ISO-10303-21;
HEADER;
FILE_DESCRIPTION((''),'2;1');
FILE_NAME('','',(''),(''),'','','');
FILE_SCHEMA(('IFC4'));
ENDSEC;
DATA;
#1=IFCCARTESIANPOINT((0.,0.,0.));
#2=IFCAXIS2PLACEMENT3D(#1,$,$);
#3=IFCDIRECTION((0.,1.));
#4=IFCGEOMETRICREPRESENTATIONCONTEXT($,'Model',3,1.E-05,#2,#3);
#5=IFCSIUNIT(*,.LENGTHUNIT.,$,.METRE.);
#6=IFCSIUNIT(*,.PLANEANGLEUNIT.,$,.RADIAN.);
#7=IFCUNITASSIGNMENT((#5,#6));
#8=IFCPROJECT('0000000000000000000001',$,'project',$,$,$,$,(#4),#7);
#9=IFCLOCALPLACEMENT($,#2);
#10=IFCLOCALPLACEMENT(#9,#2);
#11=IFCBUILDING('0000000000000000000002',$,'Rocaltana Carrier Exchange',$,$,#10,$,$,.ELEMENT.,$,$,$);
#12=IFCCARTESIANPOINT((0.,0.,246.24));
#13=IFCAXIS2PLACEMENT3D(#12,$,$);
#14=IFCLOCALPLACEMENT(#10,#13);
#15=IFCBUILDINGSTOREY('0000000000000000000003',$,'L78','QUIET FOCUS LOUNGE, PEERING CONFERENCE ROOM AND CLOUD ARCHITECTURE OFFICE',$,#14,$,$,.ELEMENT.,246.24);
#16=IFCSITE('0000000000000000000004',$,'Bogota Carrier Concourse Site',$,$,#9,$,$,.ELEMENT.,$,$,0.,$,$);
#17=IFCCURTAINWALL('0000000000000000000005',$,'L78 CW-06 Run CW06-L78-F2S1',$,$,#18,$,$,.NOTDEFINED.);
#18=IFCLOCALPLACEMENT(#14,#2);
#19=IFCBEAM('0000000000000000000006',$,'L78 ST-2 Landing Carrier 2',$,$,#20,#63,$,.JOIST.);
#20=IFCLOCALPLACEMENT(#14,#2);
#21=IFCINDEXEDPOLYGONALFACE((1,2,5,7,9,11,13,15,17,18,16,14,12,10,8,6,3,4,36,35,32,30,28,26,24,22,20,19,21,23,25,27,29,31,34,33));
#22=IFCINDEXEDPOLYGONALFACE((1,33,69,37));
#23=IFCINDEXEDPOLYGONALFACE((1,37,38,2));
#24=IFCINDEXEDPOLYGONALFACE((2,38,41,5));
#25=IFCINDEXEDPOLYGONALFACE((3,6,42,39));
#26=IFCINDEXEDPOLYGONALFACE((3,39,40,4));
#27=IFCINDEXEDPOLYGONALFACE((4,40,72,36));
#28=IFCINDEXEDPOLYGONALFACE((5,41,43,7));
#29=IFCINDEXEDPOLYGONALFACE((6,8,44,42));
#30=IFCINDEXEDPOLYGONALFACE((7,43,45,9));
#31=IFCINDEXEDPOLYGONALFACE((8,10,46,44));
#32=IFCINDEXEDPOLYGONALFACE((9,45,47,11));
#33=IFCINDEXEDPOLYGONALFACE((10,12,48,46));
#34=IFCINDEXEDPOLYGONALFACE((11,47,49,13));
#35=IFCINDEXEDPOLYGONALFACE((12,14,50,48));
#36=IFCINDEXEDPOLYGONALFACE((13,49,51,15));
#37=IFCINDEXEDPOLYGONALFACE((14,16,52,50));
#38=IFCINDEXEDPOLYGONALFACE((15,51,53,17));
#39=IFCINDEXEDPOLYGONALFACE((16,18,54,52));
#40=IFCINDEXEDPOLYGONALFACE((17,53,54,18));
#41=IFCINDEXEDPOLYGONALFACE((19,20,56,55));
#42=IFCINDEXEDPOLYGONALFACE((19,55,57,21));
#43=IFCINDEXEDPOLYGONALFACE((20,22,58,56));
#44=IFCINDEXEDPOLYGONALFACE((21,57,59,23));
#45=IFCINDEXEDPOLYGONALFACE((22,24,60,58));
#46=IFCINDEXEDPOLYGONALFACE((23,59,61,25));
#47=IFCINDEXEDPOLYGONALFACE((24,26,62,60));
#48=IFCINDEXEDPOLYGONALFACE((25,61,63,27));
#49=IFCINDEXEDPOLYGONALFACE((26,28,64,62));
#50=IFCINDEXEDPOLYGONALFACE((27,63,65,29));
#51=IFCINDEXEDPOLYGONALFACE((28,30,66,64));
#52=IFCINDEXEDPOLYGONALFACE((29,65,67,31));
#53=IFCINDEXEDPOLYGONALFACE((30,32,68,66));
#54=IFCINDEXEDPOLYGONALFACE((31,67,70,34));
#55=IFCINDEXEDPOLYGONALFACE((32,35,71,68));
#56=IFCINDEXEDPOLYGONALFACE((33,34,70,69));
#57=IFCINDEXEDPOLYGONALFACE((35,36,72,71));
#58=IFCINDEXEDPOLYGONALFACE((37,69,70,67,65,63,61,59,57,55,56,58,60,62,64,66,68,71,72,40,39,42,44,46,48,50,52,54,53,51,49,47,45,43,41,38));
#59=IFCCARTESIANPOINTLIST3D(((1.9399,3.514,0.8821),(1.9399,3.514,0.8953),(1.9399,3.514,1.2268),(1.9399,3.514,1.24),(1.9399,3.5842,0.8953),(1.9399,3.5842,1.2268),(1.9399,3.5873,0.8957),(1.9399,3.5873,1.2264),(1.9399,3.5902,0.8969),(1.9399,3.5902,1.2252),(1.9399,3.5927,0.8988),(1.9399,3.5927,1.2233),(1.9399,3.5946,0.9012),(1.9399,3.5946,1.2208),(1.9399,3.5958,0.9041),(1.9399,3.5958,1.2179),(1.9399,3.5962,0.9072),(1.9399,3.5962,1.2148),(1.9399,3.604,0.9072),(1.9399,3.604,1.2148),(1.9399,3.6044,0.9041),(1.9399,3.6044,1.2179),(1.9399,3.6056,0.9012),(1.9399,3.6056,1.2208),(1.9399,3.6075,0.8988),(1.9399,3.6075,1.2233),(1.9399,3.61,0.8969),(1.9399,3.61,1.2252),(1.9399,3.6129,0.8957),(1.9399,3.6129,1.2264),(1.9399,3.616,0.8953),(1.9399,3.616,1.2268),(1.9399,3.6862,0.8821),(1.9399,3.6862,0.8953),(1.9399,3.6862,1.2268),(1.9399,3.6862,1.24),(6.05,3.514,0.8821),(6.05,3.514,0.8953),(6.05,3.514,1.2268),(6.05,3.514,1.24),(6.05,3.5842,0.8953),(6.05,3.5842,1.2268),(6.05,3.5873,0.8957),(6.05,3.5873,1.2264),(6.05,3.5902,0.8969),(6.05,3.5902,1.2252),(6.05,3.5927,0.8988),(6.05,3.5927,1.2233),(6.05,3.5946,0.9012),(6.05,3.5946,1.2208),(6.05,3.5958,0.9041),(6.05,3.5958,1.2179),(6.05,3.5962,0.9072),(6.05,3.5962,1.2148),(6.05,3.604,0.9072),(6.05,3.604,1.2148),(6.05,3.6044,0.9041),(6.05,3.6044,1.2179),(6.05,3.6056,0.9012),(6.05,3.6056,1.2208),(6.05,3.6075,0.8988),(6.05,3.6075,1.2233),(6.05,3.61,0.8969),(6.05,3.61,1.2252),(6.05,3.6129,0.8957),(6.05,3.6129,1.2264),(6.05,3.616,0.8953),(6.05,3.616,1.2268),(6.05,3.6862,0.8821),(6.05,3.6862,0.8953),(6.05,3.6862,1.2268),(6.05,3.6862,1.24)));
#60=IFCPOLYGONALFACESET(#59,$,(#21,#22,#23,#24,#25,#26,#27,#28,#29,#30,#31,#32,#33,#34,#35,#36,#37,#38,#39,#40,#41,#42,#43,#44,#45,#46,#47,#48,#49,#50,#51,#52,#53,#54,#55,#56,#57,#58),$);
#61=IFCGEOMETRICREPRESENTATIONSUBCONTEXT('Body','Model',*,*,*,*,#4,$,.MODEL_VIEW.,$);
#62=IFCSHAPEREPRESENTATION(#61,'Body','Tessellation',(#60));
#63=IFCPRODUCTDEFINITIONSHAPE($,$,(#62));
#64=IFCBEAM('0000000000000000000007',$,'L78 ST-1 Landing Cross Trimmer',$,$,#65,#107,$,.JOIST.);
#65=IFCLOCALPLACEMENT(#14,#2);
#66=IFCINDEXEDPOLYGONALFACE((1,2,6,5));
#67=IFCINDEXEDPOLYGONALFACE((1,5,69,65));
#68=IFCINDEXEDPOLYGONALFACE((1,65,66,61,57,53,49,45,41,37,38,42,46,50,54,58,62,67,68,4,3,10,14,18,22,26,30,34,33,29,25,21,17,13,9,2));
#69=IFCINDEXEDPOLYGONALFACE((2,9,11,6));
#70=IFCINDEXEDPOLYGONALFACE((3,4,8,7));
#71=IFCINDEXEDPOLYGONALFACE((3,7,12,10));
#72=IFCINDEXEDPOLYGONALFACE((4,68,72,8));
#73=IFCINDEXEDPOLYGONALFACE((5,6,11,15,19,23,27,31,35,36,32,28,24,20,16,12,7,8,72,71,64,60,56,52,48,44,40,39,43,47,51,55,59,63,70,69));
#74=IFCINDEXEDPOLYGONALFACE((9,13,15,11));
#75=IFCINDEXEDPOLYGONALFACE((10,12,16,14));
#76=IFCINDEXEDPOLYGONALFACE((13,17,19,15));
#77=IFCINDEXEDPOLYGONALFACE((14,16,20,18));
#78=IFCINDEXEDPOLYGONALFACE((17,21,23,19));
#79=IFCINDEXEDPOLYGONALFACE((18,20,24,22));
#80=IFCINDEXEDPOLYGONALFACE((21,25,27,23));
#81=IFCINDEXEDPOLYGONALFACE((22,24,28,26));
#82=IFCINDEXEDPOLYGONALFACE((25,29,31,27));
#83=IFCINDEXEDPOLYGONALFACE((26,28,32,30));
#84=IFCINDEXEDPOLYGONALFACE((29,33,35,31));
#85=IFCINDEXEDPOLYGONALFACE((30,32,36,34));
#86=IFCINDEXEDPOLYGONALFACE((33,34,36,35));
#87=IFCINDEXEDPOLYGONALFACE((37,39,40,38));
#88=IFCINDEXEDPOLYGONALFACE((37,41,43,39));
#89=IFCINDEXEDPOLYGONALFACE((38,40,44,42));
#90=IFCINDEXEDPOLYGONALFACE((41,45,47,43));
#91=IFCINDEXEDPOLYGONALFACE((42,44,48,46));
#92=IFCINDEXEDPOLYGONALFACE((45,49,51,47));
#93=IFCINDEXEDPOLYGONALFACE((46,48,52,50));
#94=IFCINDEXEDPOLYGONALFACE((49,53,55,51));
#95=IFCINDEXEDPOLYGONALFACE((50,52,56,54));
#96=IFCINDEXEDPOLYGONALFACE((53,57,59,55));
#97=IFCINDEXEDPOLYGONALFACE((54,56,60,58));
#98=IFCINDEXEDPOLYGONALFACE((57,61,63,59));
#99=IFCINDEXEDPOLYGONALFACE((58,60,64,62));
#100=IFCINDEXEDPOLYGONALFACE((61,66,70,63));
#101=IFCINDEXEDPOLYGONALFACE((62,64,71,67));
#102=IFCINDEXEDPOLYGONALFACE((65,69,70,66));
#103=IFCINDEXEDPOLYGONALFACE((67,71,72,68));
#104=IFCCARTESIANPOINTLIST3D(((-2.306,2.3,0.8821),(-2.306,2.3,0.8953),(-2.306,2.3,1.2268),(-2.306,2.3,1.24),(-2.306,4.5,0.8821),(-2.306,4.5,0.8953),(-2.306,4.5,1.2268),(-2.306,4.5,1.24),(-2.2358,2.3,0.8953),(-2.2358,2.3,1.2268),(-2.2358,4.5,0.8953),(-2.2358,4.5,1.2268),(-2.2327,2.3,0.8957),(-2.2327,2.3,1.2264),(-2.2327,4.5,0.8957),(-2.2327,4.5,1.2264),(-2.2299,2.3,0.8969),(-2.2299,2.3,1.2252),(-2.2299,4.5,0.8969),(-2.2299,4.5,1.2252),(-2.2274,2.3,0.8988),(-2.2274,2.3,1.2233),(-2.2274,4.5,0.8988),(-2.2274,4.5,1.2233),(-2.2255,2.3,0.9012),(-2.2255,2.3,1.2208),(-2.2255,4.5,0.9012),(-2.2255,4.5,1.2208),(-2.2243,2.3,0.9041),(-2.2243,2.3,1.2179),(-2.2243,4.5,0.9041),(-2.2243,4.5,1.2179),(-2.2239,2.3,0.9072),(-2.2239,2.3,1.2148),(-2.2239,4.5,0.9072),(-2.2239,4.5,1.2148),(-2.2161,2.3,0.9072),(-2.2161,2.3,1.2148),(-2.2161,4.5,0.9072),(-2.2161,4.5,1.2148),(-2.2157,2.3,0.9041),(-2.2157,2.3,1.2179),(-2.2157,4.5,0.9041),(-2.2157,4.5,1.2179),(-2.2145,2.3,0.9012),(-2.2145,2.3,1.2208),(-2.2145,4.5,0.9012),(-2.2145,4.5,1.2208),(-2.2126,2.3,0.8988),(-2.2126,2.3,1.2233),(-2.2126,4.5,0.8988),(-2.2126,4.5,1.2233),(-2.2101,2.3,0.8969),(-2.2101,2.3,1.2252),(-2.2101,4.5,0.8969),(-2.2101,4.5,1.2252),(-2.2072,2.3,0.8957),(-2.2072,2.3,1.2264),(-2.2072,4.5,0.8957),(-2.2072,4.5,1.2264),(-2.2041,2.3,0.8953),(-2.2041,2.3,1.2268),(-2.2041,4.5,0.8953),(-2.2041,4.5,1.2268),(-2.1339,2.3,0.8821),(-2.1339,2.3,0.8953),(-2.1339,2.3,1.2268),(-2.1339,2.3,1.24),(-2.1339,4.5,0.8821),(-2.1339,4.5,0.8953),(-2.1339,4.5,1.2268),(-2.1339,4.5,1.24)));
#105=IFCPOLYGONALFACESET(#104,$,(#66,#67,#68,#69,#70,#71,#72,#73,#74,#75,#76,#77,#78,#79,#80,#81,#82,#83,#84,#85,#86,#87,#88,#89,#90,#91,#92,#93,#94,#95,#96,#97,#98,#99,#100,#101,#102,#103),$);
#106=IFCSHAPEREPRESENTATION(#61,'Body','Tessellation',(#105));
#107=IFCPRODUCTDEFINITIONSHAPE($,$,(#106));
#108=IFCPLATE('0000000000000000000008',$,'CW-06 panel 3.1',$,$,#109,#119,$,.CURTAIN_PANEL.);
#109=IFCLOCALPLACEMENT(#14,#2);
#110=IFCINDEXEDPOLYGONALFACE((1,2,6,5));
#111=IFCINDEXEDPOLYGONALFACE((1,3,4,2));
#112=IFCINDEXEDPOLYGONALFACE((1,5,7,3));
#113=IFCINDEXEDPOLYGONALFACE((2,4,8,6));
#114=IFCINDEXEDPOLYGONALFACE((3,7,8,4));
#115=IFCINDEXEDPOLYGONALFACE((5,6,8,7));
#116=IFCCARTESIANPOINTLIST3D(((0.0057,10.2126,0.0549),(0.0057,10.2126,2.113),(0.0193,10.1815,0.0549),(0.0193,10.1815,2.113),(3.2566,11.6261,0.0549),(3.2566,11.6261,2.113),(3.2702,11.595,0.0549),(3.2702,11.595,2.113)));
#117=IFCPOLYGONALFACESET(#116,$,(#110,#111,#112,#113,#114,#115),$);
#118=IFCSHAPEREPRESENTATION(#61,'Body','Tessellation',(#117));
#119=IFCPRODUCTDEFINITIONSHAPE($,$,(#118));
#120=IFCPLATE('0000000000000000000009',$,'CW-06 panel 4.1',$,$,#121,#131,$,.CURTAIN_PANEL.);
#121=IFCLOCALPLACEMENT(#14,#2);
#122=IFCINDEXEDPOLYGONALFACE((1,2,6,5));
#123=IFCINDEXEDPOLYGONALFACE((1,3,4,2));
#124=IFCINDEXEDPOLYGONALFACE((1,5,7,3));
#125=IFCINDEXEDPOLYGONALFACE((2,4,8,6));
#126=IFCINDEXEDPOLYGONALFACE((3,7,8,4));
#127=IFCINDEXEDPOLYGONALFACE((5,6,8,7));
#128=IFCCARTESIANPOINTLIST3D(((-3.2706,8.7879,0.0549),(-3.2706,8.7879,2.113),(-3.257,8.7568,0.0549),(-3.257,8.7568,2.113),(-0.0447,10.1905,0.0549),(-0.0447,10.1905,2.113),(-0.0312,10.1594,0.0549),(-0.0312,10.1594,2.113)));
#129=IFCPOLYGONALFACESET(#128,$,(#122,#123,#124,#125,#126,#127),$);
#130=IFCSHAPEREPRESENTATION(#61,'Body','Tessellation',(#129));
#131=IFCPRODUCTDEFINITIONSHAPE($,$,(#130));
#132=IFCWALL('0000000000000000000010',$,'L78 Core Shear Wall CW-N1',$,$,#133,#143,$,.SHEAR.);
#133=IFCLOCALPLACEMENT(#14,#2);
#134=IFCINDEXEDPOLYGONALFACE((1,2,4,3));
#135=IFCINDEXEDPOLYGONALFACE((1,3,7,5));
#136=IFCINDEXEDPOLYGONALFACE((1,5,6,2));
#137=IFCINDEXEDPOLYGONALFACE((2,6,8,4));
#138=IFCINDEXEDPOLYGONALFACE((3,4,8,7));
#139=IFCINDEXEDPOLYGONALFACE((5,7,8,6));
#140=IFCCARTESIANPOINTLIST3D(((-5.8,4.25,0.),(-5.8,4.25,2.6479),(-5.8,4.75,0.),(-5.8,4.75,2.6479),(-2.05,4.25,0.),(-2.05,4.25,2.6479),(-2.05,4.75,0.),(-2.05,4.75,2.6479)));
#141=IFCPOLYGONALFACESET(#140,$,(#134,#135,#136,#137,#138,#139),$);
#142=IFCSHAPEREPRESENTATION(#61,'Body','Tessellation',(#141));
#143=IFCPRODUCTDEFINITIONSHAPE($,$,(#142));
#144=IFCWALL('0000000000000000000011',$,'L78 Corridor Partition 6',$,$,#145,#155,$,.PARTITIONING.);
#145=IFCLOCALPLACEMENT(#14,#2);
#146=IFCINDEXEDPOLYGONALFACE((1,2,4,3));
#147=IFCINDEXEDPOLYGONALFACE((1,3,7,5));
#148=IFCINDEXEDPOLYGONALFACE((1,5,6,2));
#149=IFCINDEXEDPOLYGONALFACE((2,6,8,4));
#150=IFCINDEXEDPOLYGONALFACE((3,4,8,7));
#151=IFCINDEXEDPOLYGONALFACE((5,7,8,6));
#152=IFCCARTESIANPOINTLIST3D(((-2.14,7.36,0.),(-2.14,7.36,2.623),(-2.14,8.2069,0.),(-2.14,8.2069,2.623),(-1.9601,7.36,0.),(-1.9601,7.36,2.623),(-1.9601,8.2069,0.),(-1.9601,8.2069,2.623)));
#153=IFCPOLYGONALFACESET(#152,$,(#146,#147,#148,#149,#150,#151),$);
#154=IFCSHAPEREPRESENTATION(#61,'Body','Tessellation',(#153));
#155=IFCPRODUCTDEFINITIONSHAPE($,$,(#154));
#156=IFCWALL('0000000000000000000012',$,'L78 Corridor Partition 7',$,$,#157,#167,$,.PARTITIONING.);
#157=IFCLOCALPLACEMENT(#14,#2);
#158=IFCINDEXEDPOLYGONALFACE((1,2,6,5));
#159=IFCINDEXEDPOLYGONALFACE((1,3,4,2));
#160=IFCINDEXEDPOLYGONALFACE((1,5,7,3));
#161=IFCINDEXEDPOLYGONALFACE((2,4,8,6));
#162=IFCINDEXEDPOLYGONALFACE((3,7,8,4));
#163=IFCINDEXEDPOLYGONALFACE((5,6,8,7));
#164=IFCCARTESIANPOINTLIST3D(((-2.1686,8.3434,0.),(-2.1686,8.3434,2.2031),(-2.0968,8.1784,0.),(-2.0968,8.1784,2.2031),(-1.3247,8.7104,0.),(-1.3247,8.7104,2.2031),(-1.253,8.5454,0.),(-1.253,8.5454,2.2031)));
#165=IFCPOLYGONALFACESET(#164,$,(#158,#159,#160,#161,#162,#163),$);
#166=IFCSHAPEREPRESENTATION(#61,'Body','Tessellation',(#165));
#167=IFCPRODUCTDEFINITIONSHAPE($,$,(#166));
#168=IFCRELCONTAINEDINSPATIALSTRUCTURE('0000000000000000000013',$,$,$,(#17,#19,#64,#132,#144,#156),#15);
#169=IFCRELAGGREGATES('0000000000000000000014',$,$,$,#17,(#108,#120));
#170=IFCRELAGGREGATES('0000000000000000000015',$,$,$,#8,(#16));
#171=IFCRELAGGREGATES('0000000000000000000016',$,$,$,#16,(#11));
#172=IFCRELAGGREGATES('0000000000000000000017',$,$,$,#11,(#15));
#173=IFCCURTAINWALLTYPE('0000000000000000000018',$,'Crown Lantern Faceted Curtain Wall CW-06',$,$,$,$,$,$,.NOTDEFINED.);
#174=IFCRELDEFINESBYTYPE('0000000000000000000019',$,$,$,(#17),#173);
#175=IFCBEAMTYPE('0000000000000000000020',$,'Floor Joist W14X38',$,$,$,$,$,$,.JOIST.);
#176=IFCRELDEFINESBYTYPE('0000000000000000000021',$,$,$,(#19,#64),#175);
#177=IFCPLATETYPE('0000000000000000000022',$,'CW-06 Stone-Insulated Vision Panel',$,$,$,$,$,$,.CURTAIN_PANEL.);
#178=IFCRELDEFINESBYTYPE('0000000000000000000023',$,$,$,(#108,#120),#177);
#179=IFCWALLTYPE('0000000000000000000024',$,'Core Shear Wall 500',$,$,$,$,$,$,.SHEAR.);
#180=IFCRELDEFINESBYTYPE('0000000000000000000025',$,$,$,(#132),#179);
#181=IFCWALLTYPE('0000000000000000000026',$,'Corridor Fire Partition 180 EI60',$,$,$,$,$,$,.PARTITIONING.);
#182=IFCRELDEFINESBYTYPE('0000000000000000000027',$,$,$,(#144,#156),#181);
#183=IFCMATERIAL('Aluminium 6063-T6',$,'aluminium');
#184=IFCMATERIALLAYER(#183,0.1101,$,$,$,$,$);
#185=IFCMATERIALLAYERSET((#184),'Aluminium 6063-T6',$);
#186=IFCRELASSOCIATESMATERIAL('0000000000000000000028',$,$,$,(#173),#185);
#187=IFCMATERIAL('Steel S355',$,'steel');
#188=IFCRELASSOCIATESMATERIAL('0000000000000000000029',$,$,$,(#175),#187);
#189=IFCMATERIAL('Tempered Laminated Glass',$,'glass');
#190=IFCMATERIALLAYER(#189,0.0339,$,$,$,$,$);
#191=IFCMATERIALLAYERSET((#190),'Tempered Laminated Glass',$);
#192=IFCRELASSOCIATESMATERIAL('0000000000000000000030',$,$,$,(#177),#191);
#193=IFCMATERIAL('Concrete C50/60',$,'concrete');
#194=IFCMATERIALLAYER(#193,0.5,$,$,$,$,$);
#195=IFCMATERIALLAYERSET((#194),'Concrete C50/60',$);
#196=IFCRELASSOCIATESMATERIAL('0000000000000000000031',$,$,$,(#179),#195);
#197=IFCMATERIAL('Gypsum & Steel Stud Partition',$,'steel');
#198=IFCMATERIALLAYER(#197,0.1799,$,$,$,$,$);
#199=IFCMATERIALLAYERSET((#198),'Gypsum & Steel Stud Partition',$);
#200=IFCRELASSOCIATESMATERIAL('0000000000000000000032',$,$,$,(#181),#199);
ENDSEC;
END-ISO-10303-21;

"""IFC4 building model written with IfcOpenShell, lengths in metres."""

from ifc_helpers import new_model, si_unit, direction, frame, frame_2d, origin, origin_2d, place, context, subcontext, project, spatial, rectangle, i_section, extrude, material, layer, layer_set, material_profile, profile_set, type_object, element, aggregate, save


model = new_model("IFC4")

# Units and contexts
model_context = context("Model", 3, precision=1e-05, world=origin(), true_north=direction((0.0, 1.0)))
body_context = subcontext(model_context, "Body", "Model", "MODEL_VIEW")
ifc_project = project(units=[si_unit("LENGTHUNIT", "METRE"), si_unit("PLANEANGLEUNIT", "RADIAN")], contexts=[model_context])

# Site, building, storey
site_placement = place(None, origin())
site = spatial("IfcSite", under=ifc_project, at=site_placement, Name="Bogota Carrier Concourse Site", CompositionType="ELEMENT", RefElevation=0.0)
building_placement = place(site_placement, origin())
building = spatial("IfcBuilding", under=site, at=building_placement, Name="Rocaltana Carrier Exchange", CompositionType="ELEMENT")
storey_placement = place(building_placement, frame((0.0, 0.0, 246.24)))
storey = spatial("IfcBuildingStorey", under=building, at=storey_placement, Name="L78", Description="QUIET FOCUS LOUNGE, PEERING CONFERENCE ROOM AND CLOUD ARCHITECTURE OFFICE", CompositionType="ELEMENT", Elevation=246.24)

# Curtain wall
ifc_material_1 = material(Name="Aluminium 6063-T6", Category="aluminium")
ifc_layer_1 = layer(ifc_material_1, 0.1101)
ifc_layer_set_1 = layer_set([ifc_layer_1], Name="Aluminium 6063-T6")
curtain_wall_type = type_object("IfcCurtainWallType", Name="Crown Lantern Faceted Curtain Wall CW-06", PredefinedType="NOTDEFINED", material=ifc_layer_set_1)
curtain_wall_1_placement = place(storey_placement, origin())
curtain_wall_1 = element("IfcCurtainWall", 1, at=curtain_wall_1_placement, inside=storey, type_object=curtain_wall_type, Name="L78 CW-06 Run CW06-L78-F2S1", PredefinedType="NOTDEFINED")

# Beams
ifc_material_2 = material(Name="Steel S355", Category="steel")
ifc_material_profile_1 = material_profile(ifc_material_2, i_section(OverallWidth=0.1721, OverallDepth=0.3579, WebThickness=0.0078, FlangeThickness=0.0132, FilletRadius=0.012, at=origin_2d()), Name="W14X38")
ifc_profile_set_1 = profile_set([ifc_material_profile_1], Name="Steel S355")
beam_type_1 = type_object("IfcBeamType", Name="Floor Joist W14X38", PredefinedType="JOIST", material=ifc_profile_set_1)
for number, where, z_axis, x_axis, name in (
    (2, (1.9399, 3.6001, 1.061), (1.0, 0.0, 0.0), (0.0, 1.0, 0.0), "L78 ST-2 Landing Carrier 2"),
):
    element("IfcBeam", number, at=place(storey_placement, frame(where, z_axis=z_axis, x_axis=x_axis)), inside=storey, type_object=beam_type_1, Name=name, PredefinedType="JOIST", context=body_context, shape_type="SweptSolid", body=[
        extrude(i_section(OverallWidth=0.1721, OverallDepth=0.3579, WebThickness=0.0078, FlangeThickness=0.0132, FilletRadius=0.012, at=origin_2d()), origin(), (0.0, 0.0, 1.0), 4.1101),
    ])
beam_1_placement = place(storey_placement, frame((-2.22, 2.3, 1.061), z_axis=(0.0, 1.0, 0.0), x_axis=(-1.0, 0.0, 0.0)))
element("IfcBeam", 3, at=beam_1_placement, inside=storey, type_object=beam_type_1, Name="L78 ST-1 Landing Cross Trimmer", PredefinedType="JOIST", context=body_context, shape_type="SweptSolid", body=[
    extrude(i_section(OverallWidth=0.1721, OverallDepth=0.3579, WebThickness=0.0078, FlangeThickness=0.0132, FilletRadius=0.012, at=origin_2d()), origin(), (0.0, 0.0, 1.0), 2.2),
])

# Plates
ifc_material_3 = material(Name="Tempered Laminated Glass", Category="glass")
ifc_layer_2 = layer(ifc_material_3, 0.0339)
ifc_layer_set_2 = layer_set([ifc_layer_2], Name="Tempered Laminated Glass")
plate_type = type_object("IfcPlateType", Name="CW-06 Stone-Insulated Vision Panel", PredefinedType="CURTAIN_PANEL", material=ifc_layer_set_2)
plate_1_placement = place(storey_placement, frame((1.6379, 10.9038, 0.0549), z_axis=(0.0, 0.0, 1.0), x_axis=(-0.917059, -0.398752, 0.0)))
plate_1 = element("IfcPlate", 4, at=plate_1_placement, type_object=plate_type, Name="CW-06 panel 3.1", PredefinedType="CURTAIN_PANEL", context=body_context, shape_type="SweptSolid", body=[
    extrude(rectangle(XDim=3.5449, YDim=0.0339, at=origin_2d()), origin(), (0.0, 0.0, 1.0), 2.0581),
])
plate_2_placement = place(storey_placement, frame((-1.6509, 9.4736, 0.0549), z_axis=(0.0, 0.0, 1.0), x_axis=(-0.917059, -0.398752, 0.0)))
plate_2 = element("IfcPlate", 5, at=plate_2_placement, type_object=plate_type, Name="CW-06 panel 4.1", PredefinedType="CURTAIN_PANEL", context=body_context, shape_type="SweptSolid", body=[
    extrude(rectangle(XDim=3.5176, YDim=0.0339, at=origin_2d()), origin(), (0.0, 0.0, 1.0), 2.0581),
])
aggregate(curtain_wall_1, [plate_1, plate_2])

# Walls
ifc_material_4 = material(Name="Concrete C50/60", Category="concrete")
ifc_layer_3 = layer(ifc_material_4, 0.5)
ifc_layer_set_3 = layer_set([ifc_layer_3], Name="Concrete C50/60")
wall_type_1 = type_object("IfcWallType", Name="Core Shear Wall 500", PredefinedType="SHEAR", material=ifc_layer_set_3)
wall_1_placement = place(storey_placement, frame((-5.8, 4.5, 0.0), z_axis=(0.0, 0.0, 1.0), x_axis=(1.0, 0.0, 0.0)))
element("IfcWall", 6, at=wall_1_placement, inside=storey, type_object=wall_type_1, Name="L78 Core Shear Wall CW-N1", PredefinedType="SHEAR", context=body_context, shape_type="SweptSolid", body=[
    extrude(rectangle(XDim=3.75, YDim=0.5, at=frame_2d((1.875, 0.0))), origin(), (0.0, 0.0, 1.0), 2.6479),
])
ifc_material_5 = material(Name="Gypsum & Steel Stud Partition", Category="steel")
ifc_layer_4 = layer(ifc_material_5, 0.1799)
ifc_layer_set_4 = layer_set([ifc_layer_4], Name="Gypsum & Steel Stud Partition")
wall_type_2 = type_object("IfcWallType", Name="Corridor Fire Partition 180 EI60", PredefinedType="PARTITIONING", material=ifc_layer_set_4)
wall_2_placement = place(storey_placement, frame((-2.05, 7.3601, 0.0), z_axis=(0.0, 0.0, 1.0), x_axis=(0.0, 1.0, 0.0)))
element("IfcWall", 7, at=wall_2_placement, inside=storey, type_object=wall_type_2, Name="L78 Corridor Partition 6", PredefinedType="PARTITIONING", context=body_context, shape_type="SweptSolid", body=[
    extrude(rectangle(XDim=0.8469, YDim=0.1799, at=frame_2d((0.4233, 0.0))), origin(), (0.0, 0.0, 1.0), 2.623),
])
wall_3_placement = place(storey_placement, frame((-2.1326, 8.261, 0.0), z_axis=(0.0, 0.0, 1.0), x_axis=(0.917032, 0.398813, 0.0)))
element("IfcWall", 8, at=wall_3_placement, inside=storey, type_object=wall_type_2, Name="L78 Corridor Partition 7", PredefinedType="PARTITIONING", context=body_context, shape_type="SweptSolid", body=[
    extrude(rectangle(XDim=0.9202, YDim=0.1799, at=frame_2d((0.46, 0.0))), origin(), (0.0, 0.0, 1.0), 2.2031),
])

save(model, "model.ifc")
